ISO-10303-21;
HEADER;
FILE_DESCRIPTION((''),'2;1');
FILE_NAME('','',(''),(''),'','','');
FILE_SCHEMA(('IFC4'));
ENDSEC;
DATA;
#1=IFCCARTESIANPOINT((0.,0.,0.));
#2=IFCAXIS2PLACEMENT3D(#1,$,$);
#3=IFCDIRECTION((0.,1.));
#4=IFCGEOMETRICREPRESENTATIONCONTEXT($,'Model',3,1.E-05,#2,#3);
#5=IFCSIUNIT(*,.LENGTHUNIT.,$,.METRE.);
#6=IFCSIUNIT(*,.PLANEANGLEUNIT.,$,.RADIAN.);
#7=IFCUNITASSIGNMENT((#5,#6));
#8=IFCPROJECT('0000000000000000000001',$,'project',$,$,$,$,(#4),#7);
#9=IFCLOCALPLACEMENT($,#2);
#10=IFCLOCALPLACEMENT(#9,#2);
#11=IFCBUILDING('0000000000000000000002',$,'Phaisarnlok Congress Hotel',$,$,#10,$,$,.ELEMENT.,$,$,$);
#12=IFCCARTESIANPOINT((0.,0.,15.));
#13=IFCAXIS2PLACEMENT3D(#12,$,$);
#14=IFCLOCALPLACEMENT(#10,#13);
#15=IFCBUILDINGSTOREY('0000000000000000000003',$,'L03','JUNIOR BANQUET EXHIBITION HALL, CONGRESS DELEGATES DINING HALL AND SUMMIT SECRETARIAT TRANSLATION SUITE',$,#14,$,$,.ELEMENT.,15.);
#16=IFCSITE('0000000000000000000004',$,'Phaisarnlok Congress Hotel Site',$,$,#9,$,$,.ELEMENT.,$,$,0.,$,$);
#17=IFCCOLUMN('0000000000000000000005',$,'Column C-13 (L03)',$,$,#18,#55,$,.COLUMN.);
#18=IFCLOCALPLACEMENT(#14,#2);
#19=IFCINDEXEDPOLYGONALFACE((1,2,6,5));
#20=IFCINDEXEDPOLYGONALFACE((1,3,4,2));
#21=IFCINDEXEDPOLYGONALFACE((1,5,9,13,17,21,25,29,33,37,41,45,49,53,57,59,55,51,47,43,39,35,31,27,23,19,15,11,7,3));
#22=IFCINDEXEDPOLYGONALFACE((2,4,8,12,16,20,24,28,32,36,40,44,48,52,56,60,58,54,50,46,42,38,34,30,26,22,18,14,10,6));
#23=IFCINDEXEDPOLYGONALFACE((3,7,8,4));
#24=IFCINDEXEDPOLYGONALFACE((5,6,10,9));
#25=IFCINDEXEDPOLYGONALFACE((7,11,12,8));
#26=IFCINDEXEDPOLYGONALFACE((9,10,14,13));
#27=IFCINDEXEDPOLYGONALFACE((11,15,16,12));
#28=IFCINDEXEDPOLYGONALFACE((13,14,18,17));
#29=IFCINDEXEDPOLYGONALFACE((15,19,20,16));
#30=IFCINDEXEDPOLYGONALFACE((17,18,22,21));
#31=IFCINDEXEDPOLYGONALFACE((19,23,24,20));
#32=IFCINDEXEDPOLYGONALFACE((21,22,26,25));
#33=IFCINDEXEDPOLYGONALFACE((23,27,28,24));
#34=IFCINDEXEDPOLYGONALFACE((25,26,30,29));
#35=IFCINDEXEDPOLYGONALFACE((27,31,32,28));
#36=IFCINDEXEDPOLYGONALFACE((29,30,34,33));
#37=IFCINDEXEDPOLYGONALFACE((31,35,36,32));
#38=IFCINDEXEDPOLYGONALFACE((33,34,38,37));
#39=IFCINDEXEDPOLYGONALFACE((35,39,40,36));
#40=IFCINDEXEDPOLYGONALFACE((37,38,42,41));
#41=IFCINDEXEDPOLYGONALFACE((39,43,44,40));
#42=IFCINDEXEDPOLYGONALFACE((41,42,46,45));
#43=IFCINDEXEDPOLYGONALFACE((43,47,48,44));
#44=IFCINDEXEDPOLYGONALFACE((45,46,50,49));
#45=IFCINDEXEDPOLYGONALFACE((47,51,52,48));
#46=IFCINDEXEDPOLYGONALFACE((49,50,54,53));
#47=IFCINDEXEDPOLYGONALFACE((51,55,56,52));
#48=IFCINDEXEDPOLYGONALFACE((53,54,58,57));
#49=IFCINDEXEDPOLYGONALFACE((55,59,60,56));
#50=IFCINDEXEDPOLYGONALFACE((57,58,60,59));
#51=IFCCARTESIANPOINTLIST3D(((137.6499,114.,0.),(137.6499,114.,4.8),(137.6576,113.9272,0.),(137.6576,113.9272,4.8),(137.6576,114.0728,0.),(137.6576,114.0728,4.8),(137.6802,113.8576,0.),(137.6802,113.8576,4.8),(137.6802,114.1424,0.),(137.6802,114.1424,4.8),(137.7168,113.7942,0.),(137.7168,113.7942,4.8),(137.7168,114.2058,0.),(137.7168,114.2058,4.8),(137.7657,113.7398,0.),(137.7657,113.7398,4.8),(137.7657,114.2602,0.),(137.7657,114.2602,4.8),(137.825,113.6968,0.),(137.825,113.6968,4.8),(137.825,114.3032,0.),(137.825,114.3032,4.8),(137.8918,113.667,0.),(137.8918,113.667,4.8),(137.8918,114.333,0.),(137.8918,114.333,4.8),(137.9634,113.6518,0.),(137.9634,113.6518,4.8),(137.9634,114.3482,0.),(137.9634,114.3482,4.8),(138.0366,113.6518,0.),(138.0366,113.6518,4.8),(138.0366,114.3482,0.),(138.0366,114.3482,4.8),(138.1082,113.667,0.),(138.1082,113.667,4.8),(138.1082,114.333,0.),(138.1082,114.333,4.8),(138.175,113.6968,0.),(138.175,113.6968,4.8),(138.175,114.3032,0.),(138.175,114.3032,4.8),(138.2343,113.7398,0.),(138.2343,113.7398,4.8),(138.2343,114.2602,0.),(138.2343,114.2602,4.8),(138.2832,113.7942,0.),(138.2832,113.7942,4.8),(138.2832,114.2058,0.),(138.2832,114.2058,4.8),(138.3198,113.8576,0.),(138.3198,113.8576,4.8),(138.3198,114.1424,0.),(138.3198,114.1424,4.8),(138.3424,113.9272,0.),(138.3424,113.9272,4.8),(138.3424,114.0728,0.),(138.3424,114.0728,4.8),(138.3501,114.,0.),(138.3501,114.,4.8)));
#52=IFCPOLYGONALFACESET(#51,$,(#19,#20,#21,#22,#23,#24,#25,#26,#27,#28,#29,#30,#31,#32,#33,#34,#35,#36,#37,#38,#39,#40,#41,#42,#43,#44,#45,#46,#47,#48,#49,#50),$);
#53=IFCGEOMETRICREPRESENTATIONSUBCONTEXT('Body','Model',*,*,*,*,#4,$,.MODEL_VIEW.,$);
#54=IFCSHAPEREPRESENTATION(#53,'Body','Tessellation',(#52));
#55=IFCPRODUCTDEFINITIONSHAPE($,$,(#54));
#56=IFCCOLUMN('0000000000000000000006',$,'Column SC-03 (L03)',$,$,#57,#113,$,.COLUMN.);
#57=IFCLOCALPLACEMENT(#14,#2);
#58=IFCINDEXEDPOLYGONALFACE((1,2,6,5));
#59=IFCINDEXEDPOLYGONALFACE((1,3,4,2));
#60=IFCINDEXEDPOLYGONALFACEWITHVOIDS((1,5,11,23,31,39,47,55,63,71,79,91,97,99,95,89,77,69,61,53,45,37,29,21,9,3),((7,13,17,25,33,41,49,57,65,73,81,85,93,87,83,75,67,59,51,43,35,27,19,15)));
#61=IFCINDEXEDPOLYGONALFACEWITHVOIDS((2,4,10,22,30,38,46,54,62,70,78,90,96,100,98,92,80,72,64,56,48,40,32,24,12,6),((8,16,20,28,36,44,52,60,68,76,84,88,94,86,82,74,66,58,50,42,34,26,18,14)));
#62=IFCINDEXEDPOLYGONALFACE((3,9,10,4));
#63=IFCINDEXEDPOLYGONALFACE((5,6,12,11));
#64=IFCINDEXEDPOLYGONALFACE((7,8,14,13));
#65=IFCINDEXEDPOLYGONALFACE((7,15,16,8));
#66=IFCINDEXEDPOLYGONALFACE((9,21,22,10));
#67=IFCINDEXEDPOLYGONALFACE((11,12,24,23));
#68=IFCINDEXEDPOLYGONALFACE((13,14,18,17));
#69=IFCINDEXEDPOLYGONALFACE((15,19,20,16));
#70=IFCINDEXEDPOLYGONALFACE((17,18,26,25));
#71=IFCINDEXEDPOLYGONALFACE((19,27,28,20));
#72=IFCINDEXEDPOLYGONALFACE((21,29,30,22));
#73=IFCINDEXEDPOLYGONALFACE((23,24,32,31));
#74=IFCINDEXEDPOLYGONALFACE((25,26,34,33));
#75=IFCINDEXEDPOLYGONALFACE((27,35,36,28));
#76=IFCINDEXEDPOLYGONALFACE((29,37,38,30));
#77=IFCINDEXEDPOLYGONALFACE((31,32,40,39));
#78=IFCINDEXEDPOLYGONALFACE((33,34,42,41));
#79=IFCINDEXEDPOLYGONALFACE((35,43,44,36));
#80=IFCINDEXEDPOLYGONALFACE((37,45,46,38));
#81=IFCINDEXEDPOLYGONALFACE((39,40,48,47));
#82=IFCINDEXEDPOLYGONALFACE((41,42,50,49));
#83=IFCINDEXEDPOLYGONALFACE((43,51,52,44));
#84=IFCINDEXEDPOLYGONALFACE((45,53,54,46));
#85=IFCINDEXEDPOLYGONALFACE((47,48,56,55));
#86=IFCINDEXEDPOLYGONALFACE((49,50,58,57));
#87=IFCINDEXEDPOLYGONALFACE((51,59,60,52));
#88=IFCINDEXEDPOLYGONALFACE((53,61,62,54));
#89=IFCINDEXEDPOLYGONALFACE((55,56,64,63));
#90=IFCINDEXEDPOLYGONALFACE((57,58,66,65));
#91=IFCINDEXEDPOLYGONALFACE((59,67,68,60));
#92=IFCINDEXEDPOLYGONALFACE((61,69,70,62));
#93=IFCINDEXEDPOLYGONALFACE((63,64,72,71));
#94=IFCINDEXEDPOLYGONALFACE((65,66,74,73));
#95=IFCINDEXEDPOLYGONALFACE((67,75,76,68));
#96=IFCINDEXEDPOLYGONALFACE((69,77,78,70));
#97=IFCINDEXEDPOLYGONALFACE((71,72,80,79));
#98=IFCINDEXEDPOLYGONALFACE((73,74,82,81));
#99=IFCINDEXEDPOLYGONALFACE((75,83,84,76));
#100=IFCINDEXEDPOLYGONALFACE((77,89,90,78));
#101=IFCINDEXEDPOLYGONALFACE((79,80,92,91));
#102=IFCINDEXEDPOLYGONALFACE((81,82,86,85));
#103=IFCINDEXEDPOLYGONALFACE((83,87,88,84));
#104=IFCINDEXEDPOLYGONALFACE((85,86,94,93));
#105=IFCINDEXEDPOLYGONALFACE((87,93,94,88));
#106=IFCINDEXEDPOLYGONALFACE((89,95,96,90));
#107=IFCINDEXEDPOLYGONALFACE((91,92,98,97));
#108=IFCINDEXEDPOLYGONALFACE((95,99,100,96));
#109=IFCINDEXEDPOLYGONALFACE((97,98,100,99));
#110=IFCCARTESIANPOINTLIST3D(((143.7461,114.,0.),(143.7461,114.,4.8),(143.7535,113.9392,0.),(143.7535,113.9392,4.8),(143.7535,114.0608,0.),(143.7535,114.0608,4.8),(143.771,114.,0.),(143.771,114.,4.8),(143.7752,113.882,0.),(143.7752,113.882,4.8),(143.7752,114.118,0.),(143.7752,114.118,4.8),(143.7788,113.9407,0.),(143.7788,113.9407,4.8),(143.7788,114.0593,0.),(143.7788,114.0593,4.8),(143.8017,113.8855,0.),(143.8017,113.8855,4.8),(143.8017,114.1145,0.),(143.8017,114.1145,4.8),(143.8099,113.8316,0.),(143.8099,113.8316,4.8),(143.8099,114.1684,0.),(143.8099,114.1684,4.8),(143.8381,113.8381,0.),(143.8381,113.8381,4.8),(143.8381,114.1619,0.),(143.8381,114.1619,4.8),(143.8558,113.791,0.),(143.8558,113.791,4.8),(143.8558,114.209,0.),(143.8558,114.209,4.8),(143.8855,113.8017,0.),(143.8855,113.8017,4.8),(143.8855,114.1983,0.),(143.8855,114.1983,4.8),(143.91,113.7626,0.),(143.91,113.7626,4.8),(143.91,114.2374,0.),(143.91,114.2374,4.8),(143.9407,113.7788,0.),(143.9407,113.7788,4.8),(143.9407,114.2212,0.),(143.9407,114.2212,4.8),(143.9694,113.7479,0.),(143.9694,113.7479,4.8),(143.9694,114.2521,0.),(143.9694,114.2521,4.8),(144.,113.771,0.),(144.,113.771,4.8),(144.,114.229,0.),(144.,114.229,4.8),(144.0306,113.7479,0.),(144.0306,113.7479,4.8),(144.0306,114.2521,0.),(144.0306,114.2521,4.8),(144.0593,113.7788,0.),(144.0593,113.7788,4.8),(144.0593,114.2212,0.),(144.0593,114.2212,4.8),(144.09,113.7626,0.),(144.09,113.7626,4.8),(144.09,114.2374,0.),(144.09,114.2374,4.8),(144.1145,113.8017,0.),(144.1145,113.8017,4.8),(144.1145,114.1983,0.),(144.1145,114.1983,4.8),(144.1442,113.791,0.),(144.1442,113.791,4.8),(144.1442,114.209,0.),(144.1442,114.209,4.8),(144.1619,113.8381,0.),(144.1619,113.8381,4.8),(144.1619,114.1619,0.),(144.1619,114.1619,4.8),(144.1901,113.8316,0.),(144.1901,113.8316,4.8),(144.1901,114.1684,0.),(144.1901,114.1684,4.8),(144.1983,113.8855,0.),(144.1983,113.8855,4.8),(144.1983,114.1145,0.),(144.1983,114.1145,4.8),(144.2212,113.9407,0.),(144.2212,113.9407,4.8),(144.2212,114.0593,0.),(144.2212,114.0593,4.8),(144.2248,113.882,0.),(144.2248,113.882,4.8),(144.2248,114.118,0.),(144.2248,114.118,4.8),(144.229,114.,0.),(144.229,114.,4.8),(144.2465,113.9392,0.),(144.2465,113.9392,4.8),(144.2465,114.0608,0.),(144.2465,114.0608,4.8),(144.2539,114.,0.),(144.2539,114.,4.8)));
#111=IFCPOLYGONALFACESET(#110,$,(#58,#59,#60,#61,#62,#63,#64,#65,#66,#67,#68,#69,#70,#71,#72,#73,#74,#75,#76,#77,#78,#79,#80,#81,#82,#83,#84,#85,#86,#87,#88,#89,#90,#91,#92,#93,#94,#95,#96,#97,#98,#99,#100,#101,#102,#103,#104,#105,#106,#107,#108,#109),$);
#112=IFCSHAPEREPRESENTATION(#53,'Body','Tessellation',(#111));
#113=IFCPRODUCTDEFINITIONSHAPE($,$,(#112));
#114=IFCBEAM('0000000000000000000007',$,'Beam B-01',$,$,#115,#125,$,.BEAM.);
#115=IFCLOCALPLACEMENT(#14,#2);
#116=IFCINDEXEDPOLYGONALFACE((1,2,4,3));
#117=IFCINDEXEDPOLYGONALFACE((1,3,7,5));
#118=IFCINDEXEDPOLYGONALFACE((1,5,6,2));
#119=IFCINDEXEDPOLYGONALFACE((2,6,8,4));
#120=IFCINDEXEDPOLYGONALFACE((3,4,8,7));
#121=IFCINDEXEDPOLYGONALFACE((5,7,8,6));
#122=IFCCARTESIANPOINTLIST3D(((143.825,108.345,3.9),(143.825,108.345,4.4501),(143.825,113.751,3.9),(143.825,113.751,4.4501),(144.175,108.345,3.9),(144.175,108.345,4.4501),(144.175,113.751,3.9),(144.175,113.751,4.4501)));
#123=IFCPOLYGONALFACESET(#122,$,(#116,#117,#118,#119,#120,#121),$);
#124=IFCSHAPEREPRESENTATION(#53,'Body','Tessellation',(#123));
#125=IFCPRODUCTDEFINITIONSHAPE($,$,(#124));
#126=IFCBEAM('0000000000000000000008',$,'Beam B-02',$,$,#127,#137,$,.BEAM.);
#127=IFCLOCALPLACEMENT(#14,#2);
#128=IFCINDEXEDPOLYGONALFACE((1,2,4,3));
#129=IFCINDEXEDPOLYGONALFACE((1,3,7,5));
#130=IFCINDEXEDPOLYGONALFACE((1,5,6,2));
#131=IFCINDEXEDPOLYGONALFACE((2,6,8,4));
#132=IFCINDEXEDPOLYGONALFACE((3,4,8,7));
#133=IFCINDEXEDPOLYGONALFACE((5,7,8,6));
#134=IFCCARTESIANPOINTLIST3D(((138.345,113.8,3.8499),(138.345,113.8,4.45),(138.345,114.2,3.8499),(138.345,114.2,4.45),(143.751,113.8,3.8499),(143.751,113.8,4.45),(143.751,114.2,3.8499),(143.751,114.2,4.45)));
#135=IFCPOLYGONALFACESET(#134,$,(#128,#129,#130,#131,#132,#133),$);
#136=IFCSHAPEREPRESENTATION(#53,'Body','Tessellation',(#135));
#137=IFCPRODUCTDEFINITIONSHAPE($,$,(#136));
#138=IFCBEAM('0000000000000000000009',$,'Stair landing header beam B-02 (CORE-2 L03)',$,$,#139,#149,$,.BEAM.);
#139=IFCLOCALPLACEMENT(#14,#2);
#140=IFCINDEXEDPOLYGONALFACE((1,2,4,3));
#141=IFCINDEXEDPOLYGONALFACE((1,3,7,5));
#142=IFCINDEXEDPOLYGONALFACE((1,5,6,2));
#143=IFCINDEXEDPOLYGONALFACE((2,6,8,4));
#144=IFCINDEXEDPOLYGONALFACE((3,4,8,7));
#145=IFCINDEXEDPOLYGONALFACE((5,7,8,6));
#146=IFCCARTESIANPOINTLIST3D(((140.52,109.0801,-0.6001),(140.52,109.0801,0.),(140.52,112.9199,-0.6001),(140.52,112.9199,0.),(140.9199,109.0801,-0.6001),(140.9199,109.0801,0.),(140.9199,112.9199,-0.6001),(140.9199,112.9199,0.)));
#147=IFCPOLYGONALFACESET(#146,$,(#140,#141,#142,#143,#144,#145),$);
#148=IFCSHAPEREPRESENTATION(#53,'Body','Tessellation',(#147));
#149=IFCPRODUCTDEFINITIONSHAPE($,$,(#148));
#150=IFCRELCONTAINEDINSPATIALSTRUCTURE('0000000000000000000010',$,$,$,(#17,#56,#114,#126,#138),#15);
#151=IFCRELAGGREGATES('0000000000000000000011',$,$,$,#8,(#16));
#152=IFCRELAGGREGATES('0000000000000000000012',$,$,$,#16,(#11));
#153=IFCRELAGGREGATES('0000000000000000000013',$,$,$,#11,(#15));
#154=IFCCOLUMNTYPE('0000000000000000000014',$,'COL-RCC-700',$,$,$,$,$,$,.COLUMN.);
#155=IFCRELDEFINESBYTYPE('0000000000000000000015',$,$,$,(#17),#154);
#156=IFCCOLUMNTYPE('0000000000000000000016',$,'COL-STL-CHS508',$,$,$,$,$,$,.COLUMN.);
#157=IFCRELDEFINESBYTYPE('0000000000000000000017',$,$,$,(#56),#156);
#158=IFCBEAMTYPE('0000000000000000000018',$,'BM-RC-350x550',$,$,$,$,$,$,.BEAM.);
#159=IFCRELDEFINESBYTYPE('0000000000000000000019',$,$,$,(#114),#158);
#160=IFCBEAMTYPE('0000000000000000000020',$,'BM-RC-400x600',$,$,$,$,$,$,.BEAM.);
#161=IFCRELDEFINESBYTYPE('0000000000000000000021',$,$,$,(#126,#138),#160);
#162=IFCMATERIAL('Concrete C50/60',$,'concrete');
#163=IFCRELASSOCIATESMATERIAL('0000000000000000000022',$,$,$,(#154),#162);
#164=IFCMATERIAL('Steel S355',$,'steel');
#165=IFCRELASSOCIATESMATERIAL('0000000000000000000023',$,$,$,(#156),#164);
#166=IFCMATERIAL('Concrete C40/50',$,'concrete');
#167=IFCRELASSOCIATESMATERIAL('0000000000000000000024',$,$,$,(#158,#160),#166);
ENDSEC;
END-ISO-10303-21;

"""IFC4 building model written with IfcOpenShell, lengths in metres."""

from ifc_helpers import new_model, si_unit, direction, frame, origin, origin_2d, place, context, subcontext, project, spatial, rectangle, circle, hollow_circle, extrude, material, material_profile, profile_set, type_object, element, save


model = new_model("IFC4")

# Units and contexts
model_context = context("Model", 3, precision=1e-05, world=origin(), true_north=direction((0.0, 1.0)))
body_context = subcontext(model_context, "Body", "Model", "MODEL_VIEW")
ifc_project = project(units=[si_unit("LENGTHUNIT", "METRE"), si_unit("PLANEANGLEUNIT", "RADIAN")], contexts=[model_context])

# Site, building, storey
site_placement = place(None, origin())
site = spatial("IfcSite", under=ifc_project, at=site_placement, Name="Phaisarnlok Congress Hotel Site", CompositionType="ELEMENT", RefElevation=0.0)
building_placement = place(site_placement, origin())
building = spatial("IfcBuilding", under=site, at=building_placement, Name="Phaisarnlok Congress Hotel", CompositionType="ELEMENT")
storey_placement = place(building_placement, frame((0.0, 0.0, 15.0)))
storey = spatial("IfcBuildingStorey", under=building, at=storey_placement, Name="L03", Description="JUNIOR BANQUET EXHIBITION HALL, CONGRESS DELEGATES DINING HALL AND SUMMIT SECRETARIAT TRANSLATION SUITE", CompositionType="ELEMENT", Elevation=15.0)

# Columns
ifc_material_1 = material(Name="Concrete C50/60", Category="concrete")
ifc_material_profile_1 = material_profile(ifc_material_1, circle(Radius=0.3501, at=origin_2d()), Name="RCC D700")
ifc_profile_set_1 = profile_set([ifc_material_profile_1], Name="Concrete C50/60")
column_type_1 = type_object("IfcColumnType", Name="COL-RCC-700", PredefinedType="COLUMN", material=ifc_profile_set_1)
column_1_placement = place(storey_placement, frame((138.0, 114.0, 0.0), z_axis=(0.0, 0.0, 1.0), x_axis=(1.0, 0.0, 0.0)))
element("IfcColumn", 1, at=column_1_placement, inside=storey, type_object=column_type_1, Name="Column C-13 (L03)", PredefinedType="COLUMN", context=body_context, shape_type="SweptSolid", body=[
    extrude(circle(Radius=0.3501, at=origin_2d()), origin(), (0.0, 0.0, 1.0), 4.8),
])
ifc_material_2 = material(Name="Steel S355", Category="steel")
ifc_material_profile_2 = material_profile(ifc_material_2, hollow_circle(Radius=0.2539, WallThickness=0.0249, at=origin_2d()), Name="CHS 508x25")
ifc_profile_set_2 = profile_set([ifc_material_profile_2], Name="Steel S355")
column_type_2 = type_object("IfcColumnType", Name="COL-STL-CHS508", PredefinedType="COLUMN", material=ifc_profile_set_2)
column_2_placement = place(storey_placement, frame((144.0, 114.0, 0.0), z_axis=(0.0, 0.0, 1.0), x_axis=(1.0, 0.0, 0.0)))
element("IfcColumn", 2, at=column_2_placement, inside=storey, type_object=column_type_2, Name="Column SC-03 (L03)", PredefinedType="COLUMN", context=body_context, shape_type="SweptSolid", body=[
    extrude(hollow_circle(Radius=0.2539, WallThickness=0.0249, at=origin_2d()), origin(), (0.0, 0.0, 1.0), 4.8),
])

# Beams
ifc_material_3 = material(Name="Concrete C40/50", Category="concrete")
ifc_material_profile_3 = material_profile(ifc_material_3, rectangle(XDim=0.3501, YDim=0.55, at=origin_2d()), Name="RC 350x550")
ifc_profile_set_3 = profile_set([ifc_material_profile_3], Name="Concrete C40/50")
beam_type_1 = type_object("IfcBeamType", Name="BM-RC-350x550", PredefinedType="BEAM", material=ifc_profile_set_3)
beam_1_placement = place(storey_placement, frame((144.0, 108.345, 4.175), z_axis=(0.0, 1.0, 0.0), x_axis=(-1.0, 0.0, 0.0)))
element("IfcBeam", 3, at=beam_1_placement, inside=storey, type_object=beam_type_1, Name="Beam B-01", PredefinedType="BEAM", context=body_context, shape_type="SweptSolid", body=[
    extrude(rectangle(XDim=0.3501, YDim=0.55, at=origin_2d()), origin(), (0.0, 0.0, 1.0), 5.406),
])
ifc_material_profile_4 = material_profile(ifc_material_3, rectangle(XDim=0.3999, YDim=0.6001, at=origin_2d()), Name="RC 400x600")
ifc_profile_set_4 = profile_set([ifc_material_profile_4], Name="Concrete C40/50")
beam_type_2 = type_object("IfcBeamType", Name="BM-RC-400x600", PredefinedType="BEAM", material=ifc_profile_set_4)
beam_2_placement = place(storey_placement, frame((138.345, 114.0, 4.1499), z_axis=(1.0, 0.0, 0.0), x_axis=(0.0, 1.0, 0.0)))
element("IfcBeam", 4, at=beam_2_placement, inside=storey, type_object=beam_type_2, Name="Beam B-02", PredefinedType="BEAM", context=body_context, shape_type="SweptSolid", body=[
    extrude(rectangle(XDim=0.3999, YDim=0.6001, at=origin_2d()), origin(), (0.0, 0.0, 1.0), 5.406),
])
beam_3_placement = place(storey_placement, frame((140.72, 109.0801, -0.3), z_axis=(0.0, 1.0, 0.0), x_axis=(-1.0, 0.0, 0.0)))
element("IfcBeam", 5, at=beam_3_placement, inside=storey, type_object=beam_type_2, Name="Stair landing header beam B-02 (CORE-2 L03)", PredefinedType="BEAM", context=body_context, shape_type="SweptSolid", body=[
    extrude(rectangle(XDim=0.3999, YDim=0.6001, at=origin_2d()), origin(), (0.0, 0.0, 1.0), 3.8398),
])

save(model, "model.ifc")
